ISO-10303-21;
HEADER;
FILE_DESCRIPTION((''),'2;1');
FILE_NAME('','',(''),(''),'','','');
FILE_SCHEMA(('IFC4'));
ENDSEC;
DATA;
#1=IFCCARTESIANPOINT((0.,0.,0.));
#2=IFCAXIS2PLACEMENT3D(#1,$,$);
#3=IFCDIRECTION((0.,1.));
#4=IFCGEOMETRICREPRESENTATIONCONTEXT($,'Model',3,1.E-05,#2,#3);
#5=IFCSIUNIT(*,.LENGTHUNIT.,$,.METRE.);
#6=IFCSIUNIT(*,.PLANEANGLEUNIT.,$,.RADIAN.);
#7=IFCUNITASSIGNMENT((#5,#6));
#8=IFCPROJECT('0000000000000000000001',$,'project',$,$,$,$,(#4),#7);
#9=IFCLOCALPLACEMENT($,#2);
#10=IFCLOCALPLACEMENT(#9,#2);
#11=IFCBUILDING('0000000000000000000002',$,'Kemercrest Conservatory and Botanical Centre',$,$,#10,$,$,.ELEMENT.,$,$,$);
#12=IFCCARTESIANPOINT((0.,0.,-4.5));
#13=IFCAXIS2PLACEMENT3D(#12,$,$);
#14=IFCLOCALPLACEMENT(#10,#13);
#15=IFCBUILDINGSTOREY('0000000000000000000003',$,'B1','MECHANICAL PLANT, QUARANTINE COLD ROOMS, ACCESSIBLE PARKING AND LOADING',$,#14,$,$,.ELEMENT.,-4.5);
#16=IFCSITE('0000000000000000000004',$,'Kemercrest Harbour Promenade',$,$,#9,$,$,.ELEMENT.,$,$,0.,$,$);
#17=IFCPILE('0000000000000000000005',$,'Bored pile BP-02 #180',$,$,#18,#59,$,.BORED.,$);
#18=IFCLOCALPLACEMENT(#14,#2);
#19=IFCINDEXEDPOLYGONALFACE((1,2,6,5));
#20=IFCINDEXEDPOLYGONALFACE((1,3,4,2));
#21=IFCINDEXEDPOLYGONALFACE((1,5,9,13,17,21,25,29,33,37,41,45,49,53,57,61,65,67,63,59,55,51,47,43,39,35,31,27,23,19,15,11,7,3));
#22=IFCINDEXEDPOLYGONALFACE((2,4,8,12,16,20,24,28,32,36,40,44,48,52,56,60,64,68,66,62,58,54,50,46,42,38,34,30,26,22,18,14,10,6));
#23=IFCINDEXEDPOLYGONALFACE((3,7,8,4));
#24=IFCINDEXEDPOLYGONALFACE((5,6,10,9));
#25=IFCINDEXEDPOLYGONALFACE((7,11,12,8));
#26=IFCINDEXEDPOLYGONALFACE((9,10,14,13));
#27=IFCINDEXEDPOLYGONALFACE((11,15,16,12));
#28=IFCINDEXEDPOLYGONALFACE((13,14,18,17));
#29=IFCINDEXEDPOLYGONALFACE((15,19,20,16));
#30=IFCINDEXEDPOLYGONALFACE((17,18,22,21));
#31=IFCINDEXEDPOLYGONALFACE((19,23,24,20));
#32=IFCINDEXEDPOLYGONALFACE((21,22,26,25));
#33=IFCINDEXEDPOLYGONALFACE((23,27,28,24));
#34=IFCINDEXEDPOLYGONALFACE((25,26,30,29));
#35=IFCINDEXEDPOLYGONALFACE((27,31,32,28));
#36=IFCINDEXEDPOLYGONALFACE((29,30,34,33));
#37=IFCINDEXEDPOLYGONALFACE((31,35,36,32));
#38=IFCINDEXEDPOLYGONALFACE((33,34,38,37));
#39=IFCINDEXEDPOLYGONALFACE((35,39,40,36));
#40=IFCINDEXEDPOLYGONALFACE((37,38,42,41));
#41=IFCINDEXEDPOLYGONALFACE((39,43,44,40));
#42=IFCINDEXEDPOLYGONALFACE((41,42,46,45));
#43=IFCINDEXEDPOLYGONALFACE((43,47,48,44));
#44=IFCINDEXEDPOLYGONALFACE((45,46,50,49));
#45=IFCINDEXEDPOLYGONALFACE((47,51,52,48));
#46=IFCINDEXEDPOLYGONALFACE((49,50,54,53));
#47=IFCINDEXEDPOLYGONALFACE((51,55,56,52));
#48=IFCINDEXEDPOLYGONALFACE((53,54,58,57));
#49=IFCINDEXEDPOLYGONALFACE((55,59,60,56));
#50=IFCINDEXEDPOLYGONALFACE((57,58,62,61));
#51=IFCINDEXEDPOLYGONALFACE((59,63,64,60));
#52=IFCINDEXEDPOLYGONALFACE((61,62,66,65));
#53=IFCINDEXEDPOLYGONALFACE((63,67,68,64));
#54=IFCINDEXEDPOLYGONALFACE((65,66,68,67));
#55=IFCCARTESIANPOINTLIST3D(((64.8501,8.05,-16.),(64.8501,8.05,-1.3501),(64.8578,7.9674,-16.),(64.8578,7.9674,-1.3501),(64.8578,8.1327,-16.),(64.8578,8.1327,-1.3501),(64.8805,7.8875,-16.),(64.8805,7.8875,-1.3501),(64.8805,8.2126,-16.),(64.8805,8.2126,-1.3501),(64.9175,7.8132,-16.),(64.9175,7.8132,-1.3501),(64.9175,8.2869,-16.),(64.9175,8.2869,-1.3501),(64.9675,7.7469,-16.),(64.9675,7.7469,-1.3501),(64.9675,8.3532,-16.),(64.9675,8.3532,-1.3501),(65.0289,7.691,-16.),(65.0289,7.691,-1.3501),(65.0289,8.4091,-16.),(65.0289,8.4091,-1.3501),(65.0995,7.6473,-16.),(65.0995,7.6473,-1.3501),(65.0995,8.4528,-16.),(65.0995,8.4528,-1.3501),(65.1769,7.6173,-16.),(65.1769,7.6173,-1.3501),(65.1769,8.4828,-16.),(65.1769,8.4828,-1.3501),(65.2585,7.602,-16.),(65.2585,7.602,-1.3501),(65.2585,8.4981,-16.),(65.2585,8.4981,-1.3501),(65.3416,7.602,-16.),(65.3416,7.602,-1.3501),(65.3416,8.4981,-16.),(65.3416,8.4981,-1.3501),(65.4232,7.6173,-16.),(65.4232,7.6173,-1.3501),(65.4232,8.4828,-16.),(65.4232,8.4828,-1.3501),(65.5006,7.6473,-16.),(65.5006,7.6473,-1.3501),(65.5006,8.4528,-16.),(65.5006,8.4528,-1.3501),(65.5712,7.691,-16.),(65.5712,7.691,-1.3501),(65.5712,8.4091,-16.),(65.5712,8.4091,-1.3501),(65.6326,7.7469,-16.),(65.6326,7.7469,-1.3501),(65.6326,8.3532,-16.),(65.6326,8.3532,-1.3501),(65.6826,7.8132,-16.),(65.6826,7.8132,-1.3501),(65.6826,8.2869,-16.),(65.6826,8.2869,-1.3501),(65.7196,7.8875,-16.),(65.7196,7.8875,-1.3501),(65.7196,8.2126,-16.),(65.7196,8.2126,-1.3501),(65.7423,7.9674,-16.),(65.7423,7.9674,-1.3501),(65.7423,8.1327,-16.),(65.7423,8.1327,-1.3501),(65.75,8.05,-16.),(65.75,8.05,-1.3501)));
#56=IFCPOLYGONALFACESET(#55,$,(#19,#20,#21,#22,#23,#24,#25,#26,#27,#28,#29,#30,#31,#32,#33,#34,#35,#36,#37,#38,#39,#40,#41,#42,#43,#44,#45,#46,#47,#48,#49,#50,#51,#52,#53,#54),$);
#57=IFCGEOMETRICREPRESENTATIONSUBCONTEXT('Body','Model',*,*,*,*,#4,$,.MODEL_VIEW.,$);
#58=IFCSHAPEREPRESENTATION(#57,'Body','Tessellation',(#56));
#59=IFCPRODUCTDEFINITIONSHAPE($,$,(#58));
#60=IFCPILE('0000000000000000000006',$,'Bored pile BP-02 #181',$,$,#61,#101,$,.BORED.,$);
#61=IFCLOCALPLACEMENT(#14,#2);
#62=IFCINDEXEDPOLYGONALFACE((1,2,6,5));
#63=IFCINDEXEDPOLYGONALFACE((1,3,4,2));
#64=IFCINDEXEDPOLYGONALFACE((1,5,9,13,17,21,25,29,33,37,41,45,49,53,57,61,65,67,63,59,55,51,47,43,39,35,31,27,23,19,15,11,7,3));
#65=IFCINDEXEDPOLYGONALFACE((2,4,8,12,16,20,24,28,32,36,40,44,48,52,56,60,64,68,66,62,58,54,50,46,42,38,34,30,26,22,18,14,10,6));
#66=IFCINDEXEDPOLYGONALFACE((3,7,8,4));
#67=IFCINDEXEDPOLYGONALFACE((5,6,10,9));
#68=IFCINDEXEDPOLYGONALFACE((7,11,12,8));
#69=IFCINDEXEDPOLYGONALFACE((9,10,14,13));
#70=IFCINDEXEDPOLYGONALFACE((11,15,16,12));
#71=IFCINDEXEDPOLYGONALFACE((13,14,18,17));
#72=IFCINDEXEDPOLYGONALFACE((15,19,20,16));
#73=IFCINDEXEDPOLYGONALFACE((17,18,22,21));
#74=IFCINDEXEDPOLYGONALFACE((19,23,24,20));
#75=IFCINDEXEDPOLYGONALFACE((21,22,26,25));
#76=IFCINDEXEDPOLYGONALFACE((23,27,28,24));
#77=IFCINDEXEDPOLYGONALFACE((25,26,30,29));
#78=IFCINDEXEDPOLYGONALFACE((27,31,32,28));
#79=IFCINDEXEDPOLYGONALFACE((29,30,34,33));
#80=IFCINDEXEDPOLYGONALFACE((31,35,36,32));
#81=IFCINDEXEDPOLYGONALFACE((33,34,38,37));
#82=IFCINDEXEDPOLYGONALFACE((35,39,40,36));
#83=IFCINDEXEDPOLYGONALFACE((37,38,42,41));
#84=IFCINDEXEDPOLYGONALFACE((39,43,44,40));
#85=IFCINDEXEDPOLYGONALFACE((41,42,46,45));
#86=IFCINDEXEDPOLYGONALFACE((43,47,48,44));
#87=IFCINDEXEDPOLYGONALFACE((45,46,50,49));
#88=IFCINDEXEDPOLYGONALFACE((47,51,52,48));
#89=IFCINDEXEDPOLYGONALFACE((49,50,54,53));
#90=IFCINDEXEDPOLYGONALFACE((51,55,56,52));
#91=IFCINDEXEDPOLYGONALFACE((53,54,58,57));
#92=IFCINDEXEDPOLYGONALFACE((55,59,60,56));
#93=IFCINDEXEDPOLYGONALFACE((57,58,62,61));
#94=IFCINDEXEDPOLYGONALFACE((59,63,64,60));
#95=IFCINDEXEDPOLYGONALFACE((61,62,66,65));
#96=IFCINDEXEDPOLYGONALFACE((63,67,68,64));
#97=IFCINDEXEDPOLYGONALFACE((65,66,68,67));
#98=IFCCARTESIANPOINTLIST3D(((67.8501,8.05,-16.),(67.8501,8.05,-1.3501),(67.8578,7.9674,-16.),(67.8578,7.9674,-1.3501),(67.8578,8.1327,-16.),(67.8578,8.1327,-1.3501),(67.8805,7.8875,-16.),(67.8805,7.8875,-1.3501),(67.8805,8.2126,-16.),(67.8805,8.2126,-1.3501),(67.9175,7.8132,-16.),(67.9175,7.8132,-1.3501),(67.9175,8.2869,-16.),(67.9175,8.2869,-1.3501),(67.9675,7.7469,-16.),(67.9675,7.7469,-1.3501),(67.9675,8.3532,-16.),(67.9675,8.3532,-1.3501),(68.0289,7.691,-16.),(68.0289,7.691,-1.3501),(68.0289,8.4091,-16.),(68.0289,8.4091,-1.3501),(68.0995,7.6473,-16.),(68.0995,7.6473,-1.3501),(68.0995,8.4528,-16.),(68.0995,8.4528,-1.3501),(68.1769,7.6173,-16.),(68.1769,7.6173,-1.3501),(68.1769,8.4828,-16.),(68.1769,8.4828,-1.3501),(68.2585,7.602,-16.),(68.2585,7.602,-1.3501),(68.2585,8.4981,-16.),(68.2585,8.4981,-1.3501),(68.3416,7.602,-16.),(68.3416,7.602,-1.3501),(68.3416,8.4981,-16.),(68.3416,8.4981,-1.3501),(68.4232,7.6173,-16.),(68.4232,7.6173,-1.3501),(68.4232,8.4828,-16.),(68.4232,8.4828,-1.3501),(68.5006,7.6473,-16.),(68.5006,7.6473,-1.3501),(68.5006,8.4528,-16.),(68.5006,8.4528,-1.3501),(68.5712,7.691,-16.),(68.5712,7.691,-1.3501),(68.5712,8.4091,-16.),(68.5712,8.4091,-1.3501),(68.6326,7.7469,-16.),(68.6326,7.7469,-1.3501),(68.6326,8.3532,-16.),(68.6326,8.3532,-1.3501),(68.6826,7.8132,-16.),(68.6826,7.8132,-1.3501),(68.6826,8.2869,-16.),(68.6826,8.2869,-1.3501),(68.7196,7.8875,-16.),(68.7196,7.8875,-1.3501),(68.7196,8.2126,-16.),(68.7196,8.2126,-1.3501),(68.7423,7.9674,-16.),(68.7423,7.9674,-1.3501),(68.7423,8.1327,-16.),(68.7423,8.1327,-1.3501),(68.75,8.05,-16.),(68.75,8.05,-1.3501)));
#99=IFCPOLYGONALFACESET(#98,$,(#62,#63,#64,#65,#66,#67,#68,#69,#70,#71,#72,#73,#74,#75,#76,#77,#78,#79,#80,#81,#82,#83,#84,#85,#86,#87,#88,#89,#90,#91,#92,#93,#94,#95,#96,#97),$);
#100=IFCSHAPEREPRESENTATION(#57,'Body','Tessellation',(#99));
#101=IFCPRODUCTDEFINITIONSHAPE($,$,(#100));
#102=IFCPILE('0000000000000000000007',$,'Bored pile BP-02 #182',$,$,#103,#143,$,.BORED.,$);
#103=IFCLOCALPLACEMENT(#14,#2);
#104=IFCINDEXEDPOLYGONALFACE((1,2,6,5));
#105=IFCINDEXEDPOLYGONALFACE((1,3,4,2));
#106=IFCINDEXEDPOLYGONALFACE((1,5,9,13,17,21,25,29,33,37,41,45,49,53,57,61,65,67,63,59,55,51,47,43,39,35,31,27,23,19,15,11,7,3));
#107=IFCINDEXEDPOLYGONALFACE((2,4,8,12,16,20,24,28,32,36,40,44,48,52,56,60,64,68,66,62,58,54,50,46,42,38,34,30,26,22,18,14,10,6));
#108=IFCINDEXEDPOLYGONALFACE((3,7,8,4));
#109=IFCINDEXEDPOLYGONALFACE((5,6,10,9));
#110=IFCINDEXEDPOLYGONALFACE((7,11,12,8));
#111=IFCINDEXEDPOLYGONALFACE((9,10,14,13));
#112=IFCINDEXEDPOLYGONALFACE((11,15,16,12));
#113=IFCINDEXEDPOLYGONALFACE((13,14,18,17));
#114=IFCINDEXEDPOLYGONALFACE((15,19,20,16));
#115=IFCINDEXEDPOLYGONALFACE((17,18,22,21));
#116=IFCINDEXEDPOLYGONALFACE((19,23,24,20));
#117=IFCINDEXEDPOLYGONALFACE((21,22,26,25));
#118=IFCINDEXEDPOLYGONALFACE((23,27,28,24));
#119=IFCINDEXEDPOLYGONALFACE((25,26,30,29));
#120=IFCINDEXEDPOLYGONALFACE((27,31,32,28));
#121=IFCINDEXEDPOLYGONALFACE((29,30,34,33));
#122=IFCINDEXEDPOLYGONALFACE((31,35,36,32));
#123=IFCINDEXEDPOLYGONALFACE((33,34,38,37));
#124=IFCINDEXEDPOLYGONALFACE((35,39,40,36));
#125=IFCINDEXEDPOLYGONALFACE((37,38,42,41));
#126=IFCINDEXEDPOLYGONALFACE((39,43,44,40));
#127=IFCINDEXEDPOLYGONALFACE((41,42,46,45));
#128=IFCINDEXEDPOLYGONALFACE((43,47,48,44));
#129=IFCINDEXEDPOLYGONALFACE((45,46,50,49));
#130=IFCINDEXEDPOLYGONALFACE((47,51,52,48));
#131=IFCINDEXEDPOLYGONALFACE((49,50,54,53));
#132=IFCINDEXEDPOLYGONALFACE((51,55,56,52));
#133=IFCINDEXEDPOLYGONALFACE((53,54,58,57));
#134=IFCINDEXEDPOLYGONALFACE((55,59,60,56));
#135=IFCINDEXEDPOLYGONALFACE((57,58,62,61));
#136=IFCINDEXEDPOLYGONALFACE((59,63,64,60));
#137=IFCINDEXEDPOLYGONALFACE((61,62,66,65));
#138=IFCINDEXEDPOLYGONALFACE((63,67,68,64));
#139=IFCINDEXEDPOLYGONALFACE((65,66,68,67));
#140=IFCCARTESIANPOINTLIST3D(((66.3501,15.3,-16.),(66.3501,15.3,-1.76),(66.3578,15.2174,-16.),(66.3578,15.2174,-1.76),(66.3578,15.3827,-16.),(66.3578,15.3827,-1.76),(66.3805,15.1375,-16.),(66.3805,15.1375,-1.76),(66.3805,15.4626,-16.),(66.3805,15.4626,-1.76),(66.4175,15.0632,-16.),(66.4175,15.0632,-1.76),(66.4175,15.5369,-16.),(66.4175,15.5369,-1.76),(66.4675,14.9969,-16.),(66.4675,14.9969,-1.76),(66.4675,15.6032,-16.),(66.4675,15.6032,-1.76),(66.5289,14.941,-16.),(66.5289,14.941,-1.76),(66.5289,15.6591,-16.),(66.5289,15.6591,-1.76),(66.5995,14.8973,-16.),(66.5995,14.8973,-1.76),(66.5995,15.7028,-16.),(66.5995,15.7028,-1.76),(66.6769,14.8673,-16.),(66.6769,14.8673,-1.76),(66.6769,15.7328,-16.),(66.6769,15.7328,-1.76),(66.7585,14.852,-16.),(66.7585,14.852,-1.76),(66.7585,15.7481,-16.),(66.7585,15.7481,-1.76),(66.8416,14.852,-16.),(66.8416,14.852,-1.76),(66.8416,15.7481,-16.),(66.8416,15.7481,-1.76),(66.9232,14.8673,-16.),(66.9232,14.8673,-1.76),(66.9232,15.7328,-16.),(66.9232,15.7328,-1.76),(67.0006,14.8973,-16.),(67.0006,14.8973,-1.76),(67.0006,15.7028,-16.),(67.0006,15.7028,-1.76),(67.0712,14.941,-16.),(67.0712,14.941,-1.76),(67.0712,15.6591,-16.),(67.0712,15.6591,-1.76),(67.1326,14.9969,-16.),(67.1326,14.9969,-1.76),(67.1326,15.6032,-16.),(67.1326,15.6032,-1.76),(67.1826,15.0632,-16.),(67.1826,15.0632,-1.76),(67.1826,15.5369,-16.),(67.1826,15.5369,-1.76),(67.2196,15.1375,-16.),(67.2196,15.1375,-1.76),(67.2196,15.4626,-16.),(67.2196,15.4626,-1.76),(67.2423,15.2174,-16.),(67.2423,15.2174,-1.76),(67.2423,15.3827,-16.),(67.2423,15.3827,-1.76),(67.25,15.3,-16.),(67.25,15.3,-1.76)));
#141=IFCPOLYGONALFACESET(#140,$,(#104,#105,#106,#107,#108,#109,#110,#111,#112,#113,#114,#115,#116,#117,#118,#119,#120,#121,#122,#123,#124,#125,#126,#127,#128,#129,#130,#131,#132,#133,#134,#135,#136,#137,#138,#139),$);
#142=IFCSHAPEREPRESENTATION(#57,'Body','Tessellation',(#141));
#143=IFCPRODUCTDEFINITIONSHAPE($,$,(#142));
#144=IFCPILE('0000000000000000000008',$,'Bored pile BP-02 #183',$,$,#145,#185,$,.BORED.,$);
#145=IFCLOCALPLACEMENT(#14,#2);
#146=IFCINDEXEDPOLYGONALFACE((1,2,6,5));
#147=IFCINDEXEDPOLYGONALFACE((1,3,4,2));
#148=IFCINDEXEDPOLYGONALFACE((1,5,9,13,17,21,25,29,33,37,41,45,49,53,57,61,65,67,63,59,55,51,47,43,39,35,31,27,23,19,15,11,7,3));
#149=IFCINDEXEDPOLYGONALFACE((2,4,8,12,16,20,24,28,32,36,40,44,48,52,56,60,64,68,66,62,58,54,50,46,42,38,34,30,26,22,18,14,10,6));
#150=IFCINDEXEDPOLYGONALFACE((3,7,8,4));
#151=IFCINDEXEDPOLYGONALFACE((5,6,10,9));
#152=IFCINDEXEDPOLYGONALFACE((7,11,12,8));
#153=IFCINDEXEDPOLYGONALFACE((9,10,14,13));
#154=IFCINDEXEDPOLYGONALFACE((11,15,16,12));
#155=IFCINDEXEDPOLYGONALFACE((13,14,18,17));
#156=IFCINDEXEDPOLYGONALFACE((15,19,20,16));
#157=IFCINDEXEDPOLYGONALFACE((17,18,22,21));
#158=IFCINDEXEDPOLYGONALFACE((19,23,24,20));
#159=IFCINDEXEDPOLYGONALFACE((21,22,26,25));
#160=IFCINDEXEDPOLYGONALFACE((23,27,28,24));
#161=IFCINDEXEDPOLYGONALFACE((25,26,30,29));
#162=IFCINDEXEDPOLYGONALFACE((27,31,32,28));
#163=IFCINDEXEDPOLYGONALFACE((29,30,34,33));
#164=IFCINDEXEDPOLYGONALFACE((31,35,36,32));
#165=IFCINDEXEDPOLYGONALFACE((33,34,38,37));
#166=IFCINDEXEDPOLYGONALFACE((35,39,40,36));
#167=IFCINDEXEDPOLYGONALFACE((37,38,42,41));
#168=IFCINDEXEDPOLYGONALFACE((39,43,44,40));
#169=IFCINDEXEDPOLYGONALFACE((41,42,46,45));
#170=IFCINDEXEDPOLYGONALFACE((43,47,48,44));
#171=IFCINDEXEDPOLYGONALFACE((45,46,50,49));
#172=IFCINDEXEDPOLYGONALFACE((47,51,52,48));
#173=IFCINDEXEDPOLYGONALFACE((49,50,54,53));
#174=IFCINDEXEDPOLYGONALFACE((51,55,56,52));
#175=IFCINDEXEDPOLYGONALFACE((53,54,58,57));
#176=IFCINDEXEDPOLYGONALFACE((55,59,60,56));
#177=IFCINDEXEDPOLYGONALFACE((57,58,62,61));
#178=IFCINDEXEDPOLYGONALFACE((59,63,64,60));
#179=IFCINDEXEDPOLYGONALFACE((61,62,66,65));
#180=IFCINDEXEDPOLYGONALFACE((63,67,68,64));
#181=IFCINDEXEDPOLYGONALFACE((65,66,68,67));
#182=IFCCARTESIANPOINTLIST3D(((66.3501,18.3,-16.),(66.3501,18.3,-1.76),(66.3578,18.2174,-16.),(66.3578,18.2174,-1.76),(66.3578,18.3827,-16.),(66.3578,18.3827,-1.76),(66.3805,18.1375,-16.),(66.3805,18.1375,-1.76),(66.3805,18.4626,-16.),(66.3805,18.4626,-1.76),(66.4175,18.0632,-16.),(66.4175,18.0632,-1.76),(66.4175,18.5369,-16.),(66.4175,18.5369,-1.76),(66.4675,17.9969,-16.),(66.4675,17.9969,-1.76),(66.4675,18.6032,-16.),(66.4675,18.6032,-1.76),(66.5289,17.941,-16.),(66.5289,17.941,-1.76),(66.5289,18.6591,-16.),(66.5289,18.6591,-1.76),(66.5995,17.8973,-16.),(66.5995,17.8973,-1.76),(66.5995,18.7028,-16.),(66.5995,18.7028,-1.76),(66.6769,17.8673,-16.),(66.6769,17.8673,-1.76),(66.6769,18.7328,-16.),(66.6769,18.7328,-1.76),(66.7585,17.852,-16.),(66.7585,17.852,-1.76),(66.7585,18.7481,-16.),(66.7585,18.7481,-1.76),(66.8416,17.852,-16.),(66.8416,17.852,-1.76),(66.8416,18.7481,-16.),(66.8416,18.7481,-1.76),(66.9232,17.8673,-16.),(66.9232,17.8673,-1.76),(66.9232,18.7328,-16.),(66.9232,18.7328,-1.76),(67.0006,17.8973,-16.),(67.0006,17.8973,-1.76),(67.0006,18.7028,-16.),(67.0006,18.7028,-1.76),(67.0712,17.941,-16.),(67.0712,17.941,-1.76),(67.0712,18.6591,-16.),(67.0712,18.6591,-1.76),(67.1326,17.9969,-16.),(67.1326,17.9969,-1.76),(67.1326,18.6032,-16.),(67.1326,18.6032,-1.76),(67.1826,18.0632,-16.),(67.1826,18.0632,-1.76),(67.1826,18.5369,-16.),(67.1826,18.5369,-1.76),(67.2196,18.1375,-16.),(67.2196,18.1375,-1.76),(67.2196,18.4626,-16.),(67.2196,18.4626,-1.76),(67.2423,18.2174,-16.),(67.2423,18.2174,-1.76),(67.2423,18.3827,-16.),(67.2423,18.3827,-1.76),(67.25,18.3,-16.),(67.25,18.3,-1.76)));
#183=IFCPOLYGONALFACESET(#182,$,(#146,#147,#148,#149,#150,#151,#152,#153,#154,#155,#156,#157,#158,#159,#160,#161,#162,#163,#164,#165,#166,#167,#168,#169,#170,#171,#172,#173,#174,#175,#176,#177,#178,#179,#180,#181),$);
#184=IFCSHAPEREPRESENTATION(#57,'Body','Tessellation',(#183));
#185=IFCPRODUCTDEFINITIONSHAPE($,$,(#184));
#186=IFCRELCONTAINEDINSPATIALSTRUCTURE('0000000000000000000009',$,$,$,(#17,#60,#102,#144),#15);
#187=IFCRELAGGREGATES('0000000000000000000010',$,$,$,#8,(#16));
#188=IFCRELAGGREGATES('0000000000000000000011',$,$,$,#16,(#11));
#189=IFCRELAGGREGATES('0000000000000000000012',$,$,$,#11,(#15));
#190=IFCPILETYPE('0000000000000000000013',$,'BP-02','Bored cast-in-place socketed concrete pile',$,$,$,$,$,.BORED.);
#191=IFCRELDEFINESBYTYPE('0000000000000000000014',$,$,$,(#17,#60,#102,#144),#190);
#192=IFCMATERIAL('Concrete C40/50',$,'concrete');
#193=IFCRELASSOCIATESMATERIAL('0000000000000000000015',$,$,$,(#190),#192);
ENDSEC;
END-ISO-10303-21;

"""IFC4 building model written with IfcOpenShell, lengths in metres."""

from ifc_helpers import new_model, si_unit, direction, frame, origin, origin_2d, place, context, subcontext, project, spatial, circle, extrude, material, material_profile, profile_set, type_object, element, save


model = new_model("IFC4")

# Units and contexts
model_context = context("Model", 3, precision=1e-05, world=origin(), true_north=direction((0.0, 1.0)))
body_context = subcontext(model_context, "Body", "Model", "MODEL_VIEW")
ifc_project = project(units=[si_unit("LENGTHUNIT", "METRE"), si_unit("PLANEANGLEUNIT", "RADIAN")], contexts=[model_context])

# Site, building, storey
site_placement = place(None, origin())
site = spatial("IfcSite", under=ifc_project, at=site_placement, Name="Kemercrest Harbour Promenade", CompositionType="ELEMENT", RefElevation=0.0)
building_placement = place(site_placement, origin())
building = spatial("IfcBuilding", under=site, at=building_placement, Name="Kemercrest Conservatory and Botanical Centre", CompositionType="ELEMENT")
storey_placement = place(building_placement, frame((0.0, 0.0, -4.5)))
storey = spatial("IfcBuildingStorey", under=building, at=storey_placement, Name="B1", Description="MECHANICAL PLANT, QUARANTINE COLD ROOMS, ACCESSIBLE PARKING AND LOADING", CompositionType="ELEMENT", Elevation=-4.5)

# Piles
ifc_material_1 = material(Name="Concrete C40/50", Category="concrete")
ifc_material_profile_1 = material_profile(ifc_material_1, circle(Radius=0.45, at=origin_2d()), Name="BORED PILE 900")
ifc_profile_set_1 = profile_set([ifc_material_profile_1], Name="Concrete C40/50")
pile_type_1 = type_object("IfcPileType", Name="BP-02", Description="Bored cast-in-place socketed concrete pile", PredefinedType="BORED", material=ifc_profile_set_1)
for number, where, z_axis, x_axis, name in (
    (1, (65.3, 8.05, -1.3501), (0.0, 0.0, -1.0), (1.0, 0.0, 0.0), "Bored pile BP-02 #180"),
    (2, (68.3, 8.05, -1.3501), (0.0, 0.0, -1.0), (1.0, 0.0, 0.0), "Bored pile BP-02 #181"),
):
    element("IfcPile", number, at=place(storey_placement, frame(where, z_axis=z_axis, x_axis=x_axis)), inside=storey, type_object=pile_type_1, Name=name, PredefinedType="BORED", context=body_context, shape_type="SweptSolid", body=[
        extrude(circle(Radius=0.45, at=origin_2d()), origin(), (0.0, 0.0, 1.0), 14.6499),
    ])
for number, where, z_axis, x_axis, name in (
    (3, (66.8, 15.3, -1.76), (0.0, 0.0, -1.0), (1.0, 0.0, 0.0), "Bored pile BP-02 #182"),
    (4, (66.8, 18.3, -1.76), (0.0, 0.0, -1.0), (1.0, 0.0, 0.0), "Bored pile BP-02 #183"),
):
    element("IfcPile", number, at=place(storey_placement, frame(where, z_axis=z_axis, x_axis=x_axis)), inside=storey, type_object=pile_type_1, Name=name, PredefinedType="BORED", context=body_context, shape_type="SweptSolid", body=[
        extrude(circle(Radius=0.45, at=origin_2d()), origin(), (0.0, 0.0, 1.0), 14.24),
    ])

save(model, "model.ifc")
